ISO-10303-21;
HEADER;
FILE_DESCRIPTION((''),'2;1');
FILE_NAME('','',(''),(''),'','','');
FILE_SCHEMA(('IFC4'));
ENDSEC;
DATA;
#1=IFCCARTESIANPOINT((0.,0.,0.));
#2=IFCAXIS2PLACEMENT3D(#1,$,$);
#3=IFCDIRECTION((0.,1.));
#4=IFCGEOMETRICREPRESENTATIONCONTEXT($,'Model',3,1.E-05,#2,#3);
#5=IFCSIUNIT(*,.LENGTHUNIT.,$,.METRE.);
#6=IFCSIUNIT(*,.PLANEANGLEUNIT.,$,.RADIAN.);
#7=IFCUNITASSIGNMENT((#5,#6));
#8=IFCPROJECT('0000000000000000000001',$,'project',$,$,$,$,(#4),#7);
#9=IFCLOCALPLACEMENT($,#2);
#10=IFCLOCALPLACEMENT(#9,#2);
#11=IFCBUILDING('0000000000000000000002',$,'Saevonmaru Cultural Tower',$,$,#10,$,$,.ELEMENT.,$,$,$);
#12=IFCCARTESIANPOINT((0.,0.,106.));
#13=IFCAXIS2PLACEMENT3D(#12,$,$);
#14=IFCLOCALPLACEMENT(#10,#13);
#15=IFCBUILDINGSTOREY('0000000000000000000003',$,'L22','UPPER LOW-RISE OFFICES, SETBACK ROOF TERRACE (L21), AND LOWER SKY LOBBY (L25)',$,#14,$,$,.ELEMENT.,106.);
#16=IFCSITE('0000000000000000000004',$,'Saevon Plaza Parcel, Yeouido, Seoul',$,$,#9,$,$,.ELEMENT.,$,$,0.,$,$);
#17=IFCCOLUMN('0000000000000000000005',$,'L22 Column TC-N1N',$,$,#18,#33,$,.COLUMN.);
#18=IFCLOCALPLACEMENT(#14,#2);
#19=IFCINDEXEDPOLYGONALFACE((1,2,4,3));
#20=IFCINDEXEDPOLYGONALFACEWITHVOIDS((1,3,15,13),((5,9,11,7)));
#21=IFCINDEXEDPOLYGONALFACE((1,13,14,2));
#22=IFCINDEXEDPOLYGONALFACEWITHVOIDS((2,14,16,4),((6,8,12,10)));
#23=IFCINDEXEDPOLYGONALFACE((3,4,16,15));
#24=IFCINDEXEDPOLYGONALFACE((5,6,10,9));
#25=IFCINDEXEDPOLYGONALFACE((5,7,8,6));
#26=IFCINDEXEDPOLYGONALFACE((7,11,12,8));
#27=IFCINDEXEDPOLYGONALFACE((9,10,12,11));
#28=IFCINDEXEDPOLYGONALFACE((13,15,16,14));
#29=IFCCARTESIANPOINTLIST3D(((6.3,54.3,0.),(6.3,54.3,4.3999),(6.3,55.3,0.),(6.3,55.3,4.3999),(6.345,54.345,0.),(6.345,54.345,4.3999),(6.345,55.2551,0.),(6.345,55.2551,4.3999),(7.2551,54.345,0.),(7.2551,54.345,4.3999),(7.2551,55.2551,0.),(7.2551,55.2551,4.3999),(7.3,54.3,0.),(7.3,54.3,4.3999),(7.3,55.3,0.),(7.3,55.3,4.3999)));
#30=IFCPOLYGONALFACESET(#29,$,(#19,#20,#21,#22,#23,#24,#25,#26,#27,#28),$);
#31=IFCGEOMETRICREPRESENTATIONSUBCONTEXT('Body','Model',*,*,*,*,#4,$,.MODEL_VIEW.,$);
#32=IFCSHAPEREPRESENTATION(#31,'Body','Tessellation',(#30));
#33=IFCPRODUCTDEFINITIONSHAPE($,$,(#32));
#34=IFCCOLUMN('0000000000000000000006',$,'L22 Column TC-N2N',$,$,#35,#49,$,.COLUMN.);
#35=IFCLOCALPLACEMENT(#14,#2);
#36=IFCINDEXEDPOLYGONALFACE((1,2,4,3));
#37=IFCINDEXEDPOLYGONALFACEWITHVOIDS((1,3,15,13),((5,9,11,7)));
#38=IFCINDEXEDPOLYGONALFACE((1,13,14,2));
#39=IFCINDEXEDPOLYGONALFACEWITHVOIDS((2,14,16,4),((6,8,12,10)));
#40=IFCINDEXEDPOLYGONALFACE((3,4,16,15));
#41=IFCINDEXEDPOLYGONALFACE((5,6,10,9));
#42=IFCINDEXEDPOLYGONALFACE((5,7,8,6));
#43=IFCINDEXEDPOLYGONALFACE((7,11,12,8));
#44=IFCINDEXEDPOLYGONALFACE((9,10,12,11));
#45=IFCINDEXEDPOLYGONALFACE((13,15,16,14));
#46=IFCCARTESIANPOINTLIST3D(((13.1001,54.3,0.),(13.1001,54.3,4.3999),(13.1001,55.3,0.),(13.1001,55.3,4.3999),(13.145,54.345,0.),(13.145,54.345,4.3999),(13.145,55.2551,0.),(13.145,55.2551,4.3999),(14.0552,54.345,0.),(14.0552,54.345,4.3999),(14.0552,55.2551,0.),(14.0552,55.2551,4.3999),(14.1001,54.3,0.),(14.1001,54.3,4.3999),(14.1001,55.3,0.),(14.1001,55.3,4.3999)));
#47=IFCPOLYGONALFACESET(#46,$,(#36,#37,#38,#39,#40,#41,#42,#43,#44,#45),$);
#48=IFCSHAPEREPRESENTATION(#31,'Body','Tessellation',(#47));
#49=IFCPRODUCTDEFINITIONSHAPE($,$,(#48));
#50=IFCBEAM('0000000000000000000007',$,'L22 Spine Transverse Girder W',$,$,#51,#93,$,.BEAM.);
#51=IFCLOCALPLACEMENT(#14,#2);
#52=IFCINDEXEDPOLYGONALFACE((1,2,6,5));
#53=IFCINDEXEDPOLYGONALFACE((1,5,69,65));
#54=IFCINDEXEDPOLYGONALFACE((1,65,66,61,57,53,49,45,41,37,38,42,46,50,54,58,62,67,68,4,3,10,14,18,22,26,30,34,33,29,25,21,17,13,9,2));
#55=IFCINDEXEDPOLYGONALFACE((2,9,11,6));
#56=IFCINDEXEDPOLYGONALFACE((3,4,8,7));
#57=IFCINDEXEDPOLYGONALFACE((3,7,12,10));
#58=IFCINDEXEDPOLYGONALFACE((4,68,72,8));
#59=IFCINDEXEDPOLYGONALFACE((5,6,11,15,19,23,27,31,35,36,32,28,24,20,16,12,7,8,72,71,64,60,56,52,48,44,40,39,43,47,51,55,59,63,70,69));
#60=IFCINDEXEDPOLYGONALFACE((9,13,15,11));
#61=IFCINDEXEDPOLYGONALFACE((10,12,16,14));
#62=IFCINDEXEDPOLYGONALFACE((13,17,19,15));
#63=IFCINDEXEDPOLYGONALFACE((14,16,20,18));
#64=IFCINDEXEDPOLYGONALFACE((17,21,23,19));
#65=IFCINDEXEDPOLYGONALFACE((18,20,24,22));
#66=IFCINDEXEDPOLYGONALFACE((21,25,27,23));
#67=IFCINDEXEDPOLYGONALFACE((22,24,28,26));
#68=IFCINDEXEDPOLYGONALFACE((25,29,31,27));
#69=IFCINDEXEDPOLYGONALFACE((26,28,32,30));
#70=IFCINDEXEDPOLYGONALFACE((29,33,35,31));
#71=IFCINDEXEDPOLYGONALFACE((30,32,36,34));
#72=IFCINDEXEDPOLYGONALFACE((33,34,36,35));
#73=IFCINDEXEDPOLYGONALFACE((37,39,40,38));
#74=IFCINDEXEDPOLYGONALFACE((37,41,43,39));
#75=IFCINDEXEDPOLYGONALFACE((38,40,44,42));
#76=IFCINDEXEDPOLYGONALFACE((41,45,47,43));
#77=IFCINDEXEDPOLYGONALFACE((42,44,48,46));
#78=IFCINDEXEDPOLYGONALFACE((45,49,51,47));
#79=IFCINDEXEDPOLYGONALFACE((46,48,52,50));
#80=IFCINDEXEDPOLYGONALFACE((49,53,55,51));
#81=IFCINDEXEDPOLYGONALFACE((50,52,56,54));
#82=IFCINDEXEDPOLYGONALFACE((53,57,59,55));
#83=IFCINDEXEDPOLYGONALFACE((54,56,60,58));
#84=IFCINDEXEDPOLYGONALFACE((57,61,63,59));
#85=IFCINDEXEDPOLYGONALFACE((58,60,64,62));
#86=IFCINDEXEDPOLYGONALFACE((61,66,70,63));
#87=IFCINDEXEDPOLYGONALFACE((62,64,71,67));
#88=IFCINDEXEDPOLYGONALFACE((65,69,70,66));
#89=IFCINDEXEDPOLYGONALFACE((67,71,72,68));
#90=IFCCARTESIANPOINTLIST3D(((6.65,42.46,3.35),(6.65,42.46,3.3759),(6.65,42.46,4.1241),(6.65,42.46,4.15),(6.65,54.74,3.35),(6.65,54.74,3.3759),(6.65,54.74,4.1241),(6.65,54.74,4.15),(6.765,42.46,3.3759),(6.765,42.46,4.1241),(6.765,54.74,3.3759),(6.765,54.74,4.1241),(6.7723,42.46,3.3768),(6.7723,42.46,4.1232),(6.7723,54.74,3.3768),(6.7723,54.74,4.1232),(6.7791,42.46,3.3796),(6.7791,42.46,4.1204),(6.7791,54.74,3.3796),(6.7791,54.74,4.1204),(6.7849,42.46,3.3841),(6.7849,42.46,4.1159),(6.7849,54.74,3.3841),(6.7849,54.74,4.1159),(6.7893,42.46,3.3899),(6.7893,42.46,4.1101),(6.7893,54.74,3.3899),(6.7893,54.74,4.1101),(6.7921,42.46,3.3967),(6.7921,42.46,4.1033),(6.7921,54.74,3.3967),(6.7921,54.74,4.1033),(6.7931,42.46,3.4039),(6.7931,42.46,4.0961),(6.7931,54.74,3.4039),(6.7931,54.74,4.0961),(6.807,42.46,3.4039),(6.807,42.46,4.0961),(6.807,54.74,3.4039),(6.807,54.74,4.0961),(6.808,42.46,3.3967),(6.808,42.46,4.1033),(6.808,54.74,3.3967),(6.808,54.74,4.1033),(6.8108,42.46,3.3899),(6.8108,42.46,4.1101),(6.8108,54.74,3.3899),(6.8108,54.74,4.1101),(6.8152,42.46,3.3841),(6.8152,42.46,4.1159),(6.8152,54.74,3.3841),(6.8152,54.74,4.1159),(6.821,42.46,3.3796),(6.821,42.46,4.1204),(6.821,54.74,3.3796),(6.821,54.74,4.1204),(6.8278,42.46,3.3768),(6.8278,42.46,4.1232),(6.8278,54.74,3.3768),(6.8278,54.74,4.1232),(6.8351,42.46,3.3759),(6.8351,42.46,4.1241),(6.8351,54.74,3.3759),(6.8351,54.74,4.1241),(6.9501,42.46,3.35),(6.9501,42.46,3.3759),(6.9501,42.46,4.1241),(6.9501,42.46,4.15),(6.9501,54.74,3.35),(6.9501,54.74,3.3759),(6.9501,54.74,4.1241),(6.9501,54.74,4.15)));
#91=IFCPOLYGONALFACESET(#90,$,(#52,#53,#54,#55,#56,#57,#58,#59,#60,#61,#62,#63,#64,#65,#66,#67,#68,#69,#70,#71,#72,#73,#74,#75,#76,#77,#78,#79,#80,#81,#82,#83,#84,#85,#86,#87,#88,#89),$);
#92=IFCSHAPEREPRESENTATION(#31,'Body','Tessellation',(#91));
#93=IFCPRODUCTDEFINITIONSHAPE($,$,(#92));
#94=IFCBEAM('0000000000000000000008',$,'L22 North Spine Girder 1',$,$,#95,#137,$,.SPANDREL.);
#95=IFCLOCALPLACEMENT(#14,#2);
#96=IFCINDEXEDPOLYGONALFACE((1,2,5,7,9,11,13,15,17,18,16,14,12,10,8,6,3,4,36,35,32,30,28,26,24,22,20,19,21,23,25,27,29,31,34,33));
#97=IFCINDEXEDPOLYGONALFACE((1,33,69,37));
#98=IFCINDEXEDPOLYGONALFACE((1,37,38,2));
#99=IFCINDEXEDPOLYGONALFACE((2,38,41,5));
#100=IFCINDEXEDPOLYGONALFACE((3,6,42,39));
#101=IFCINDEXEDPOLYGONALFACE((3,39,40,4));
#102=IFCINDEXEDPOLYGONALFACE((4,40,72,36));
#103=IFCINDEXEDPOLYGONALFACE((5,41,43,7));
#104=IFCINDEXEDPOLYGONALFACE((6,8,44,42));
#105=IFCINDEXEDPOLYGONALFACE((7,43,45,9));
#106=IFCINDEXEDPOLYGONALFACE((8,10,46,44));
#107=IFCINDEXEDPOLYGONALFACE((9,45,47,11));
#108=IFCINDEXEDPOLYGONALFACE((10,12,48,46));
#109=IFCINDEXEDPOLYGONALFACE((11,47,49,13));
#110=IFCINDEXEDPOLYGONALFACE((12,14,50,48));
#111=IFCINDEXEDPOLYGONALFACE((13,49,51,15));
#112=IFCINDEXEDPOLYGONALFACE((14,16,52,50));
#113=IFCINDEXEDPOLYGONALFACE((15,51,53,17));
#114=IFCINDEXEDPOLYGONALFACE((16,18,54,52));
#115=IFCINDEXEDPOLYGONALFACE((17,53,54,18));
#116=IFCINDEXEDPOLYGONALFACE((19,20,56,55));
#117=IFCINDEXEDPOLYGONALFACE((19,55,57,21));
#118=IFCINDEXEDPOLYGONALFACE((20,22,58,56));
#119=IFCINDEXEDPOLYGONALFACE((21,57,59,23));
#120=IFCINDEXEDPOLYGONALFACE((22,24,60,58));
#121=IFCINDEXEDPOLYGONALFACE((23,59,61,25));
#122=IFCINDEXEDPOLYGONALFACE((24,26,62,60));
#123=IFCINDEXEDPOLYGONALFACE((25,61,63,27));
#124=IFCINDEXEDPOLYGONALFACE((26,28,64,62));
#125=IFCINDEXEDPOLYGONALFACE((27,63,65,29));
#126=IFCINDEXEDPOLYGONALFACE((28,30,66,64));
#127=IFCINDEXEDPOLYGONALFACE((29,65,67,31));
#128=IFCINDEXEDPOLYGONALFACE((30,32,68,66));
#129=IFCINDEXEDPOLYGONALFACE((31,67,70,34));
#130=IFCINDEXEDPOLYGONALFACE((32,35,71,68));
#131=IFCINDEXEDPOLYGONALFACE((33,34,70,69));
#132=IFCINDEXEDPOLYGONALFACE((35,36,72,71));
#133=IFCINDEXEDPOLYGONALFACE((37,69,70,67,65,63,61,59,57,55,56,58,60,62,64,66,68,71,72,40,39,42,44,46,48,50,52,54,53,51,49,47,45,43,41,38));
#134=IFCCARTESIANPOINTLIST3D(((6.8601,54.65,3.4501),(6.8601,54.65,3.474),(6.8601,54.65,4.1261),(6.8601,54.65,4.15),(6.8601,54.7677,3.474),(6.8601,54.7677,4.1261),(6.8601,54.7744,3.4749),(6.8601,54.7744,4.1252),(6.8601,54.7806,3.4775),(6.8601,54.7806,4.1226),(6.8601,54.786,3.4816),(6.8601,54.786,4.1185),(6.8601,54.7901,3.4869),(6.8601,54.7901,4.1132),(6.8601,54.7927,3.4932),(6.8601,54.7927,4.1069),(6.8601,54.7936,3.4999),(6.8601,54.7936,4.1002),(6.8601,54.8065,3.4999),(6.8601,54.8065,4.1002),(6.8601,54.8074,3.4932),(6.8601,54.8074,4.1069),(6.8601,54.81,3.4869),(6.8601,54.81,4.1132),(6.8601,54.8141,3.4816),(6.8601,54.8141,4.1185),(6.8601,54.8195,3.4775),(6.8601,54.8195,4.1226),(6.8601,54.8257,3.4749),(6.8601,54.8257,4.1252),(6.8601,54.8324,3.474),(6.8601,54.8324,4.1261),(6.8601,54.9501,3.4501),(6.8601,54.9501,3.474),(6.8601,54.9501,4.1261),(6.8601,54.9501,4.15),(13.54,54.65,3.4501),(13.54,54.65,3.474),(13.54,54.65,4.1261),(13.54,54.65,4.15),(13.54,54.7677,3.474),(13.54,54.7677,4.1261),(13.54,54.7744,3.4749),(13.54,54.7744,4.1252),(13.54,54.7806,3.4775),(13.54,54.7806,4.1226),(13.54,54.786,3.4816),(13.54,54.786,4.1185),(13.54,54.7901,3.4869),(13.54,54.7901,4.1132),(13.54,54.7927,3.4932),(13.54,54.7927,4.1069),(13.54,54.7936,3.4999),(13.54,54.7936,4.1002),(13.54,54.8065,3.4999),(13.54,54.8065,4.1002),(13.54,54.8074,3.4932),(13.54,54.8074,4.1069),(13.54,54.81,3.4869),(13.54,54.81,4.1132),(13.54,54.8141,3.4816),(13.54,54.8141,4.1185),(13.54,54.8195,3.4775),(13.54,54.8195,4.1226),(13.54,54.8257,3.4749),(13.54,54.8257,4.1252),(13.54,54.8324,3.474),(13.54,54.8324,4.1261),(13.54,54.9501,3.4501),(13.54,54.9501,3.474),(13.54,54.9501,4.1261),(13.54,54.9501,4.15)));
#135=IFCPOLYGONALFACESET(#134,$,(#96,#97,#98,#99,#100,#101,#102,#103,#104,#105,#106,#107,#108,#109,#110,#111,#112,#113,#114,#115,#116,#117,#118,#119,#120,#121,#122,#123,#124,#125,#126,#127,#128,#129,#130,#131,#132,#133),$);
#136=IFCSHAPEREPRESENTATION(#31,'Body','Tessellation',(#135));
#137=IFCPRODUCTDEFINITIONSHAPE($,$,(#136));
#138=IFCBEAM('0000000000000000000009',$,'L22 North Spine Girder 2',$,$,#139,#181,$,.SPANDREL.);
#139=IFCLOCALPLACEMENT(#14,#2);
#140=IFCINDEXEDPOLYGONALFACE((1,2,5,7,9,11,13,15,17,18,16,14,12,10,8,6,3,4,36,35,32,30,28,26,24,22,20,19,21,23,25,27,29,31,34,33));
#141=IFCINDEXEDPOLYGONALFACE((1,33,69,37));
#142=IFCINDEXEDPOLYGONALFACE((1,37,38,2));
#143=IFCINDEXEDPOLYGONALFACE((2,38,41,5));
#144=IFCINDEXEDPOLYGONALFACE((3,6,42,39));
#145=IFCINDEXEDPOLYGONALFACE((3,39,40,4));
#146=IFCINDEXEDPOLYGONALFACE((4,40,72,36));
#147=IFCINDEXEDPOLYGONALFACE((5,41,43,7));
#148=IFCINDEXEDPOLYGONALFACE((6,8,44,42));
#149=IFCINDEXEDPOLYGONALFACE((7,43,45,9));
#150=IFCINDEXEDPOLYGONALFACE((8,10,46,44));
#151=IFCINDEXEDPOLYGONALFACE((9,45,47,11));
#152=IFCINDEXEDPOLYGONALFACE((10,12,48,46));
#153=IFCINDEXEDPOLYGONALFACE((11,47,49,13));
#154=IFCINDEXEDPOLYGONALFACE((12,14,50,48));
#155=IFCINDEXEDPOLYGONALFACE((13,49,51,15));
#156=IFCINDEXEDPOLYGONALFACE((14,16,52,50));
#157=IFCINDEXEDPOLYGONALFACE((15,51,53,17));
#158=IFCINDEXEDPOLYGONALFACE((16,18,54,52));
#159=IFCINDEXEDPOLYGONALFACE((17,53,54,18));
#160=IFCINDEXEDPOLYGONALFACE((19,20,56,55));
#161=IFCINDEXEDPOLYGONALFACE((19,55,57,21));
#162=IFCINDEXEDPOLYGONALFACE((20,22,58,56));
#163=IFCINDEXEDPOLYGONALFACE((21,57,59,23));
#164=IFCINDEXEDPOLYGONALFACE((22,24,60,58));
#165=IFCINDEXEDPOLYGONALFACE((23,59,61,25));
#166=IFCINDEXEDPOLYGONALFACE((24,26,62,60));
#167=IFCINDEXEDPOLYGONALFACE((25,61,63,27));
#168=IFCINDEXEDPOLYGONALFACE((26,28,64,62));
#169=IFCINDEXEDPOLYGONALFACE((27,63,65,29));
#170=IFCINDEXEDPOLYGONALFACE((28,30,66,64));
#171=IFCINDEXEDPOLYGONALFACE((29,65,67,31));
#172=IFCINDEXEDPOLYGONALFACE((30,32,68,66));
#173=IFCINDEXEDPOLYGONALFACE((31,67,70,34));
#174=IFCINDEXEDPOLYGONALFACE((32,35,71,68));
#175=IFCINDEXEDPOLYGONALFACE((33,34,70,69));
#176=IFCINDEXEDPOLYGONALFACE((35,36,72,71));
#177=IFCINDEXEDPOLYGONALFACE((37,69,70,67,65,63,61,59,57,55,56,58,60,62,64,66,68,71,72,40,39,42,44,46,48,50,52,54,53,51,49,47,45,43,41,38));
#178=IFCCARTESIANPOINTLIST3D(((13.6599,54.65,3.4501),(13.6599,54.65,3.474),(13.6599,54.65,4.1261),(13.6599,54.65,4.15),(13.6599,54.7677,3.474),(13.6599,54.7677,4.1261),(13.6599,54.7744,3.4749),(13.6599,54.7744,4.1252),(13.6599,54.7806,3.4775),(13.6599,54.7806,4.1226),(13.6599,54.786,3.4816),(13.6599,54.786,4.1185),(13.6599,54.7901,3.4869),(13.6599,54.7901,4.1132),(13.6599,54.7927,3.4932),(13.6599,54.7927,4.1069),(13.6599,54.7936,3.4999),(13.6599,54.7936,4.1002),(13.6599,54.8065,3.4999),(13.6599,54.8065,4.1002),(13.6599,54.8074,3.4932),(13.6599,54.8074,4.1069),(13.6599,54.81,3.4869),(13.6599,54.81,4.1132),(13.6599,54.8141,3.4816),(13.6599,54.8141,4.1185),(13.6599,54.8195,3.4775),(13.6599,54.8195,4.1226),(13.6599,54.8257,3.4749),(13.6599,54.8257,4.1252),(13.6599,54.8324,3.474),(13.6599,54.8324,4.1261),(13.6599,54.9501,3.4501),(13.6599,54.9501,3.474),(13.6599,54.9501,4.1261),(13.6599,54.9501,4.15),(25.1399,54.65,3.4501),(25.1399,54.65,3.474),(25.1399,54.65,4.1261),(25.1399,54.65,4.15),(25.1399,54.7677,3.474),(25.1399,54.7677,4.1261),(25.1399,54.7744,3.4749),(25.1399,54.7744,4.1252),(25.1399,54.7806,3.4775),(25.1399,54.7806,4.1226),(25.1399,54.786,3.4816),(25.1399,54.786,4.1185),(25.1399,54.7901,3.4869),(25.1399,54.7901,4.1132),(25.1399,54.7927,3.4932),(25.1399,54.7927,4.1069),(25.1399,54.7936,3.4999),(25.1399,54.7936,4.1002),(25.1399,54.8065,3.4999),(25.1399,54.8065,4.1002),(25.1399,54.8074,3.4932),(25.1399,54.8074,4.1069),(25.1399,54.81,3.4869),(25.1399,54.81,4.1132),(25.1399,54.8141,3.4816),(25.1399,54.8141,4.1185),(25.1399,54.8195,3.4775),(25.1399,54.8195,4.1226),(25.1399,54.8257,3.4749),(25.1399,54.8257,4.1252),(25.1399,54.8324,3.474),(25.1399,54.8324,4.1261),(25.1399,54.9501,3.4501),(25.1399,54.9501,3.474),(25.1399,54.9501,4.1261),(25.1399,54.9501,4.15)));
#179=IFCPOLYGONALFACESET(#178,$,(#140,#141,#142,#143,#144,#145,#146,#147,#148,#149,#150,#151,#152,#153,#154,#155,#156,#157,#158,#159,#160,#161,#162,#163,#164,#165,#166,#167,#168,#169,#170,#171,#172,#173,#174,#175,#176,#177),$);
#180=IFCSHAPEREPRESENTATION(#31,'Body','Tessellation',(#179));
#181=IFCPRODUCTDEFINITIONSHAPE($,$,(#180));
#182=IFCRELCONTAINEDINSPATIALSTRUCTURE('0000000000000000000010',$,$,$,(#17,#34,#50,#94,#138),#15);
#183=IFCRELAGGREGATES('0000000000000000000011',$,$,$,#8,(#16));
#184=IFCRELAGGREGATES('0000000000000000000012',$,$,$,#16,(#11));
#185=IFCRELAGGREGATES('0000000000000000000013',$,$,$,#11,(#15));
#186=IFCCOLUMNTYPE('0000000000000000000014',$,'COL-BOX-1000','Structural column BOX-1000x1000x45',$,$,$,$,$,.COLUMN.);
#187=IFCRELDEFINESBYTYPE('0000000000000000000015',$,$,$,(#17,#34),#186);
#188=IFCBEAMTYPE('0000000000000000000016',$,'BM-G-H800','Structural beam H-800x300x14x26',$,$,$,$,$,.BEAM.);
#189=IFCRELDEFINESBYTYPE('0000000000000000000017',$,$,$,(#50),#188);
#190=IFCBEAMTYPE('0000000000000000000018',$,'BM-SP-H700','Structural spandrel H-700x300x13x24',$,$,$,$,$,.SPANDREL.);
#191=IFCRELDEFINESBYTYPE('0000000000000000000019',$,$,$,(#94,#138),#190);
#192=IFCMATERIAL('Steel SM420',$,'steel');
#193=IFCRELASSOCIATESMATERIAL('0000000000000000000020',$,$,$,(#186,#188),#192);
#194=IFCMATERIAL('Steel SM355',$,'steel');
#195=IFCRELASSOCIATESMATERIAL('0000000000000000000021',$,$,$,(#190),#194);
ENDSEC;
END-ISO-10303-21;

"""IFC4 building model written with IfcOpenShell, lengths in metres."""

from ifc_helpers import new_model, si_unit, direction, frame, origin, origin_2d, place, context, subcontext, project, spatial, hollow_rectangle, i_section, extrude, material, material_profile, profile_set, type_object, element, save


model = new_model("IFC4")

# Units and contexts
model_context = context("Model", 3, precision=1e-05, world=origin(), true_north=direction((0.0, 1.0)))
body_context = subcontext(model_context, "Body", "Model", "MODEL_VIEW")
ifc_project = project(units=[si_unit("LENGTHUNIT", "METRE"), si_unit("PLANEANGLEUNIT", "RADIAN")], contexts=[model_context])

# Site, building, storey
site_placement = place(None, origin())
site = spatial("IfcSite", under=ifc_project, at=site_placement, Name="Saevon Plaza Parcel, Yeouido, Seoul", CompositionType="ELEMENT", RefElevation=0.0)
building_placement = place(site_placement, origin())
building = spatial("IfcBuilding", under=site, at=building_placement, Name="Saevonmaru Cultural Tower", CompositionType="ELEMENT")
storey_placement = place(building_placement, frame((0.0, 0.0, 106.0)))
storey = spatial("IfcBuildingStorey", under=building, at=storey_placement, Name="L22", Description="UPPER LOW-RISE OFFICES, SETBACK ROOF TERRACE (L21), AND LOWER SKY LOBBY (L25)", CompositionType="ELEMENT", Elevation=106.0)

# Columns
ifc_material_1 = material(Name="Steel SM420", Category="steel")
ifc_material_profile_1 = material_profile(ifc_material_1, hollow_rectangle(XDim=1.0, YDim=1.0, WallThickness=0.0449, at=origin_2d()), Name="BOX-1000x1000x45")
ifc_profile_set_1 = profile_set([ifc_material_profile_1], Name="Steel SM420")
column_type = type_object("IfcColumnType", Name="COL-BOX-1000", Description="Structural column BOX-1000x1000x45", PredefinedType="COLUMN", material=ifc_profile_set_1)
for number, where, z_axis, x_axis, name in (
    (1, (6.8, 54.8, 0.0), (0.0, 0.0, 1.0), (1.0, 0.0, 0.0), "L22 Column TC-N1N"),
    (2, (13.6001, 54.8, 0.0), (0.0, 0.0, 1.0), (1.0, 0.0, 0.0), "L22 Column TC-N2N"),
):
    element("IfcColumn", number, at=place(storey_placement, frame(where, z_axis=z_axis, x_axis=x_axis)), inside=storey, type_object=column_type, Name=name, PredefinedType="COLUMN", context=body_context, shape_type="SweptSolid", body=[
        extrude(hollow_rectangle(XDim=1.0, YDim=1.0, WallThickness=0.0449, at=origin_2d()), origin(), (0.0, 0.0, 1.0), 4.3999),
    ])

# Beams
ifc_material_profile_2 = material_profile(ifc_material_1, i_section(OverallWidth=0.3, OverallDepth=0.8, WebThickness=0.0139, FlangeThickness=0.0259, FilletRadius=0.0281, at=origin_2d()), Name="H-800x300x14x26")
ifc_profile_set_2 = profile_set([ifc_material_profile_2], Name="Steel SM420")
beam_type_1 = type_object("IfcBeamType", Name="BM-G-H800", Description="Structural beam H-800x300x14x26", PredefinedType="BEAM", material=ifc_profile_set_2)
beam_1_placement = place(storey_placement, frame((6.8, 54.74, 3.75), z_axis=(0.0, -1.0, 0.0), x_axis=(1.0, 0.0, 0.0)))
element("IfcBeam", 3, at=beam_1_placement, inside=storey, type_object=beam_type_1, Name="L22 Spine Transverse Girder W", PredefinedType="BEAM", context=body_context, shape_type="SweptSolid", body=[
    extrude(i_section(OverallWidth=0.3, OverallDepth=0.8, WebThickness=0.0139, FlangeThickness=0.0259, FilletRadius=0.0281, at=origin_2d()), origin(), (0.0, 0.0, 1.0), 12.28),
])
ifc_material_2 = material(Name="Steel SM355", Category="steel")
ifc_material_profile_3 = material_profile(ifc_material_2, i_section(OverallWidth=0.3, OverallDepth=0.7, WebThickness=0.0129, FlangeThickness=0.0239, FilletRadius=0.0259, at=origin_2d()), Name="H-700x300x13x24")
ifc_profile_set_3 = profile_set([ifc_material_profile_3], Name="Steel SM355")
beam_type_2 = type_object("IfcBeamType", Name="BM-SP-H700", Description="Structural spandrel H-700x300x13x24", PredefinedType="SPANDREL", material=ifc_profile_set_3)
beam_2_placement = place(storey_placement, frame((6.8601, 54.8, 3.8), z_axis=(1.0, 0.0, 0.0), x_axis=(0.0, 1.0, 0.0)))
element("IfcBeam", 4, at=beam_2_placement, inside=storey, type_object=beam_type_2, Name="L22 North Spine Girder 1", PredefinedType="SPANDREL", context=body_context, shape_type="SweptSolid", body=[
    extrude(i_section(OverallWidth=0.3, OverallDepth=0.7, WebThickness=0.0129, FlangeThickness=0.0239, FilletRadius=0.0259, at=origin_2d()), origin(), (0.0, 0.0, 1.0), 6.6799),
])
beam_3_placement = place(storey_placement, frame((13.6599, 54.8, 3.8), z_axis=(1.0, 0.0, 0.0), x_axis=(0.0, 1.0, 0.0)))
element("IfcBeam", 5, at=beam_3_placement, inside=storey, type_object=beam_type_2, Name="L22 North Spine Girder 2", PredefinedType="SPANDREL", context=body_context, shape_type="SweptSolid", body=[
    extrude(i_section(OverallWidth=0.3, OverallDepth=0.7, WebThickness=0.0129, FlangeThickness=0.0239, FilletRadius=0.0259, at=origin_2d()), origin(), (0.0, 0.0, 1.0), 11.48),
])

save(model, "model.ifc")
